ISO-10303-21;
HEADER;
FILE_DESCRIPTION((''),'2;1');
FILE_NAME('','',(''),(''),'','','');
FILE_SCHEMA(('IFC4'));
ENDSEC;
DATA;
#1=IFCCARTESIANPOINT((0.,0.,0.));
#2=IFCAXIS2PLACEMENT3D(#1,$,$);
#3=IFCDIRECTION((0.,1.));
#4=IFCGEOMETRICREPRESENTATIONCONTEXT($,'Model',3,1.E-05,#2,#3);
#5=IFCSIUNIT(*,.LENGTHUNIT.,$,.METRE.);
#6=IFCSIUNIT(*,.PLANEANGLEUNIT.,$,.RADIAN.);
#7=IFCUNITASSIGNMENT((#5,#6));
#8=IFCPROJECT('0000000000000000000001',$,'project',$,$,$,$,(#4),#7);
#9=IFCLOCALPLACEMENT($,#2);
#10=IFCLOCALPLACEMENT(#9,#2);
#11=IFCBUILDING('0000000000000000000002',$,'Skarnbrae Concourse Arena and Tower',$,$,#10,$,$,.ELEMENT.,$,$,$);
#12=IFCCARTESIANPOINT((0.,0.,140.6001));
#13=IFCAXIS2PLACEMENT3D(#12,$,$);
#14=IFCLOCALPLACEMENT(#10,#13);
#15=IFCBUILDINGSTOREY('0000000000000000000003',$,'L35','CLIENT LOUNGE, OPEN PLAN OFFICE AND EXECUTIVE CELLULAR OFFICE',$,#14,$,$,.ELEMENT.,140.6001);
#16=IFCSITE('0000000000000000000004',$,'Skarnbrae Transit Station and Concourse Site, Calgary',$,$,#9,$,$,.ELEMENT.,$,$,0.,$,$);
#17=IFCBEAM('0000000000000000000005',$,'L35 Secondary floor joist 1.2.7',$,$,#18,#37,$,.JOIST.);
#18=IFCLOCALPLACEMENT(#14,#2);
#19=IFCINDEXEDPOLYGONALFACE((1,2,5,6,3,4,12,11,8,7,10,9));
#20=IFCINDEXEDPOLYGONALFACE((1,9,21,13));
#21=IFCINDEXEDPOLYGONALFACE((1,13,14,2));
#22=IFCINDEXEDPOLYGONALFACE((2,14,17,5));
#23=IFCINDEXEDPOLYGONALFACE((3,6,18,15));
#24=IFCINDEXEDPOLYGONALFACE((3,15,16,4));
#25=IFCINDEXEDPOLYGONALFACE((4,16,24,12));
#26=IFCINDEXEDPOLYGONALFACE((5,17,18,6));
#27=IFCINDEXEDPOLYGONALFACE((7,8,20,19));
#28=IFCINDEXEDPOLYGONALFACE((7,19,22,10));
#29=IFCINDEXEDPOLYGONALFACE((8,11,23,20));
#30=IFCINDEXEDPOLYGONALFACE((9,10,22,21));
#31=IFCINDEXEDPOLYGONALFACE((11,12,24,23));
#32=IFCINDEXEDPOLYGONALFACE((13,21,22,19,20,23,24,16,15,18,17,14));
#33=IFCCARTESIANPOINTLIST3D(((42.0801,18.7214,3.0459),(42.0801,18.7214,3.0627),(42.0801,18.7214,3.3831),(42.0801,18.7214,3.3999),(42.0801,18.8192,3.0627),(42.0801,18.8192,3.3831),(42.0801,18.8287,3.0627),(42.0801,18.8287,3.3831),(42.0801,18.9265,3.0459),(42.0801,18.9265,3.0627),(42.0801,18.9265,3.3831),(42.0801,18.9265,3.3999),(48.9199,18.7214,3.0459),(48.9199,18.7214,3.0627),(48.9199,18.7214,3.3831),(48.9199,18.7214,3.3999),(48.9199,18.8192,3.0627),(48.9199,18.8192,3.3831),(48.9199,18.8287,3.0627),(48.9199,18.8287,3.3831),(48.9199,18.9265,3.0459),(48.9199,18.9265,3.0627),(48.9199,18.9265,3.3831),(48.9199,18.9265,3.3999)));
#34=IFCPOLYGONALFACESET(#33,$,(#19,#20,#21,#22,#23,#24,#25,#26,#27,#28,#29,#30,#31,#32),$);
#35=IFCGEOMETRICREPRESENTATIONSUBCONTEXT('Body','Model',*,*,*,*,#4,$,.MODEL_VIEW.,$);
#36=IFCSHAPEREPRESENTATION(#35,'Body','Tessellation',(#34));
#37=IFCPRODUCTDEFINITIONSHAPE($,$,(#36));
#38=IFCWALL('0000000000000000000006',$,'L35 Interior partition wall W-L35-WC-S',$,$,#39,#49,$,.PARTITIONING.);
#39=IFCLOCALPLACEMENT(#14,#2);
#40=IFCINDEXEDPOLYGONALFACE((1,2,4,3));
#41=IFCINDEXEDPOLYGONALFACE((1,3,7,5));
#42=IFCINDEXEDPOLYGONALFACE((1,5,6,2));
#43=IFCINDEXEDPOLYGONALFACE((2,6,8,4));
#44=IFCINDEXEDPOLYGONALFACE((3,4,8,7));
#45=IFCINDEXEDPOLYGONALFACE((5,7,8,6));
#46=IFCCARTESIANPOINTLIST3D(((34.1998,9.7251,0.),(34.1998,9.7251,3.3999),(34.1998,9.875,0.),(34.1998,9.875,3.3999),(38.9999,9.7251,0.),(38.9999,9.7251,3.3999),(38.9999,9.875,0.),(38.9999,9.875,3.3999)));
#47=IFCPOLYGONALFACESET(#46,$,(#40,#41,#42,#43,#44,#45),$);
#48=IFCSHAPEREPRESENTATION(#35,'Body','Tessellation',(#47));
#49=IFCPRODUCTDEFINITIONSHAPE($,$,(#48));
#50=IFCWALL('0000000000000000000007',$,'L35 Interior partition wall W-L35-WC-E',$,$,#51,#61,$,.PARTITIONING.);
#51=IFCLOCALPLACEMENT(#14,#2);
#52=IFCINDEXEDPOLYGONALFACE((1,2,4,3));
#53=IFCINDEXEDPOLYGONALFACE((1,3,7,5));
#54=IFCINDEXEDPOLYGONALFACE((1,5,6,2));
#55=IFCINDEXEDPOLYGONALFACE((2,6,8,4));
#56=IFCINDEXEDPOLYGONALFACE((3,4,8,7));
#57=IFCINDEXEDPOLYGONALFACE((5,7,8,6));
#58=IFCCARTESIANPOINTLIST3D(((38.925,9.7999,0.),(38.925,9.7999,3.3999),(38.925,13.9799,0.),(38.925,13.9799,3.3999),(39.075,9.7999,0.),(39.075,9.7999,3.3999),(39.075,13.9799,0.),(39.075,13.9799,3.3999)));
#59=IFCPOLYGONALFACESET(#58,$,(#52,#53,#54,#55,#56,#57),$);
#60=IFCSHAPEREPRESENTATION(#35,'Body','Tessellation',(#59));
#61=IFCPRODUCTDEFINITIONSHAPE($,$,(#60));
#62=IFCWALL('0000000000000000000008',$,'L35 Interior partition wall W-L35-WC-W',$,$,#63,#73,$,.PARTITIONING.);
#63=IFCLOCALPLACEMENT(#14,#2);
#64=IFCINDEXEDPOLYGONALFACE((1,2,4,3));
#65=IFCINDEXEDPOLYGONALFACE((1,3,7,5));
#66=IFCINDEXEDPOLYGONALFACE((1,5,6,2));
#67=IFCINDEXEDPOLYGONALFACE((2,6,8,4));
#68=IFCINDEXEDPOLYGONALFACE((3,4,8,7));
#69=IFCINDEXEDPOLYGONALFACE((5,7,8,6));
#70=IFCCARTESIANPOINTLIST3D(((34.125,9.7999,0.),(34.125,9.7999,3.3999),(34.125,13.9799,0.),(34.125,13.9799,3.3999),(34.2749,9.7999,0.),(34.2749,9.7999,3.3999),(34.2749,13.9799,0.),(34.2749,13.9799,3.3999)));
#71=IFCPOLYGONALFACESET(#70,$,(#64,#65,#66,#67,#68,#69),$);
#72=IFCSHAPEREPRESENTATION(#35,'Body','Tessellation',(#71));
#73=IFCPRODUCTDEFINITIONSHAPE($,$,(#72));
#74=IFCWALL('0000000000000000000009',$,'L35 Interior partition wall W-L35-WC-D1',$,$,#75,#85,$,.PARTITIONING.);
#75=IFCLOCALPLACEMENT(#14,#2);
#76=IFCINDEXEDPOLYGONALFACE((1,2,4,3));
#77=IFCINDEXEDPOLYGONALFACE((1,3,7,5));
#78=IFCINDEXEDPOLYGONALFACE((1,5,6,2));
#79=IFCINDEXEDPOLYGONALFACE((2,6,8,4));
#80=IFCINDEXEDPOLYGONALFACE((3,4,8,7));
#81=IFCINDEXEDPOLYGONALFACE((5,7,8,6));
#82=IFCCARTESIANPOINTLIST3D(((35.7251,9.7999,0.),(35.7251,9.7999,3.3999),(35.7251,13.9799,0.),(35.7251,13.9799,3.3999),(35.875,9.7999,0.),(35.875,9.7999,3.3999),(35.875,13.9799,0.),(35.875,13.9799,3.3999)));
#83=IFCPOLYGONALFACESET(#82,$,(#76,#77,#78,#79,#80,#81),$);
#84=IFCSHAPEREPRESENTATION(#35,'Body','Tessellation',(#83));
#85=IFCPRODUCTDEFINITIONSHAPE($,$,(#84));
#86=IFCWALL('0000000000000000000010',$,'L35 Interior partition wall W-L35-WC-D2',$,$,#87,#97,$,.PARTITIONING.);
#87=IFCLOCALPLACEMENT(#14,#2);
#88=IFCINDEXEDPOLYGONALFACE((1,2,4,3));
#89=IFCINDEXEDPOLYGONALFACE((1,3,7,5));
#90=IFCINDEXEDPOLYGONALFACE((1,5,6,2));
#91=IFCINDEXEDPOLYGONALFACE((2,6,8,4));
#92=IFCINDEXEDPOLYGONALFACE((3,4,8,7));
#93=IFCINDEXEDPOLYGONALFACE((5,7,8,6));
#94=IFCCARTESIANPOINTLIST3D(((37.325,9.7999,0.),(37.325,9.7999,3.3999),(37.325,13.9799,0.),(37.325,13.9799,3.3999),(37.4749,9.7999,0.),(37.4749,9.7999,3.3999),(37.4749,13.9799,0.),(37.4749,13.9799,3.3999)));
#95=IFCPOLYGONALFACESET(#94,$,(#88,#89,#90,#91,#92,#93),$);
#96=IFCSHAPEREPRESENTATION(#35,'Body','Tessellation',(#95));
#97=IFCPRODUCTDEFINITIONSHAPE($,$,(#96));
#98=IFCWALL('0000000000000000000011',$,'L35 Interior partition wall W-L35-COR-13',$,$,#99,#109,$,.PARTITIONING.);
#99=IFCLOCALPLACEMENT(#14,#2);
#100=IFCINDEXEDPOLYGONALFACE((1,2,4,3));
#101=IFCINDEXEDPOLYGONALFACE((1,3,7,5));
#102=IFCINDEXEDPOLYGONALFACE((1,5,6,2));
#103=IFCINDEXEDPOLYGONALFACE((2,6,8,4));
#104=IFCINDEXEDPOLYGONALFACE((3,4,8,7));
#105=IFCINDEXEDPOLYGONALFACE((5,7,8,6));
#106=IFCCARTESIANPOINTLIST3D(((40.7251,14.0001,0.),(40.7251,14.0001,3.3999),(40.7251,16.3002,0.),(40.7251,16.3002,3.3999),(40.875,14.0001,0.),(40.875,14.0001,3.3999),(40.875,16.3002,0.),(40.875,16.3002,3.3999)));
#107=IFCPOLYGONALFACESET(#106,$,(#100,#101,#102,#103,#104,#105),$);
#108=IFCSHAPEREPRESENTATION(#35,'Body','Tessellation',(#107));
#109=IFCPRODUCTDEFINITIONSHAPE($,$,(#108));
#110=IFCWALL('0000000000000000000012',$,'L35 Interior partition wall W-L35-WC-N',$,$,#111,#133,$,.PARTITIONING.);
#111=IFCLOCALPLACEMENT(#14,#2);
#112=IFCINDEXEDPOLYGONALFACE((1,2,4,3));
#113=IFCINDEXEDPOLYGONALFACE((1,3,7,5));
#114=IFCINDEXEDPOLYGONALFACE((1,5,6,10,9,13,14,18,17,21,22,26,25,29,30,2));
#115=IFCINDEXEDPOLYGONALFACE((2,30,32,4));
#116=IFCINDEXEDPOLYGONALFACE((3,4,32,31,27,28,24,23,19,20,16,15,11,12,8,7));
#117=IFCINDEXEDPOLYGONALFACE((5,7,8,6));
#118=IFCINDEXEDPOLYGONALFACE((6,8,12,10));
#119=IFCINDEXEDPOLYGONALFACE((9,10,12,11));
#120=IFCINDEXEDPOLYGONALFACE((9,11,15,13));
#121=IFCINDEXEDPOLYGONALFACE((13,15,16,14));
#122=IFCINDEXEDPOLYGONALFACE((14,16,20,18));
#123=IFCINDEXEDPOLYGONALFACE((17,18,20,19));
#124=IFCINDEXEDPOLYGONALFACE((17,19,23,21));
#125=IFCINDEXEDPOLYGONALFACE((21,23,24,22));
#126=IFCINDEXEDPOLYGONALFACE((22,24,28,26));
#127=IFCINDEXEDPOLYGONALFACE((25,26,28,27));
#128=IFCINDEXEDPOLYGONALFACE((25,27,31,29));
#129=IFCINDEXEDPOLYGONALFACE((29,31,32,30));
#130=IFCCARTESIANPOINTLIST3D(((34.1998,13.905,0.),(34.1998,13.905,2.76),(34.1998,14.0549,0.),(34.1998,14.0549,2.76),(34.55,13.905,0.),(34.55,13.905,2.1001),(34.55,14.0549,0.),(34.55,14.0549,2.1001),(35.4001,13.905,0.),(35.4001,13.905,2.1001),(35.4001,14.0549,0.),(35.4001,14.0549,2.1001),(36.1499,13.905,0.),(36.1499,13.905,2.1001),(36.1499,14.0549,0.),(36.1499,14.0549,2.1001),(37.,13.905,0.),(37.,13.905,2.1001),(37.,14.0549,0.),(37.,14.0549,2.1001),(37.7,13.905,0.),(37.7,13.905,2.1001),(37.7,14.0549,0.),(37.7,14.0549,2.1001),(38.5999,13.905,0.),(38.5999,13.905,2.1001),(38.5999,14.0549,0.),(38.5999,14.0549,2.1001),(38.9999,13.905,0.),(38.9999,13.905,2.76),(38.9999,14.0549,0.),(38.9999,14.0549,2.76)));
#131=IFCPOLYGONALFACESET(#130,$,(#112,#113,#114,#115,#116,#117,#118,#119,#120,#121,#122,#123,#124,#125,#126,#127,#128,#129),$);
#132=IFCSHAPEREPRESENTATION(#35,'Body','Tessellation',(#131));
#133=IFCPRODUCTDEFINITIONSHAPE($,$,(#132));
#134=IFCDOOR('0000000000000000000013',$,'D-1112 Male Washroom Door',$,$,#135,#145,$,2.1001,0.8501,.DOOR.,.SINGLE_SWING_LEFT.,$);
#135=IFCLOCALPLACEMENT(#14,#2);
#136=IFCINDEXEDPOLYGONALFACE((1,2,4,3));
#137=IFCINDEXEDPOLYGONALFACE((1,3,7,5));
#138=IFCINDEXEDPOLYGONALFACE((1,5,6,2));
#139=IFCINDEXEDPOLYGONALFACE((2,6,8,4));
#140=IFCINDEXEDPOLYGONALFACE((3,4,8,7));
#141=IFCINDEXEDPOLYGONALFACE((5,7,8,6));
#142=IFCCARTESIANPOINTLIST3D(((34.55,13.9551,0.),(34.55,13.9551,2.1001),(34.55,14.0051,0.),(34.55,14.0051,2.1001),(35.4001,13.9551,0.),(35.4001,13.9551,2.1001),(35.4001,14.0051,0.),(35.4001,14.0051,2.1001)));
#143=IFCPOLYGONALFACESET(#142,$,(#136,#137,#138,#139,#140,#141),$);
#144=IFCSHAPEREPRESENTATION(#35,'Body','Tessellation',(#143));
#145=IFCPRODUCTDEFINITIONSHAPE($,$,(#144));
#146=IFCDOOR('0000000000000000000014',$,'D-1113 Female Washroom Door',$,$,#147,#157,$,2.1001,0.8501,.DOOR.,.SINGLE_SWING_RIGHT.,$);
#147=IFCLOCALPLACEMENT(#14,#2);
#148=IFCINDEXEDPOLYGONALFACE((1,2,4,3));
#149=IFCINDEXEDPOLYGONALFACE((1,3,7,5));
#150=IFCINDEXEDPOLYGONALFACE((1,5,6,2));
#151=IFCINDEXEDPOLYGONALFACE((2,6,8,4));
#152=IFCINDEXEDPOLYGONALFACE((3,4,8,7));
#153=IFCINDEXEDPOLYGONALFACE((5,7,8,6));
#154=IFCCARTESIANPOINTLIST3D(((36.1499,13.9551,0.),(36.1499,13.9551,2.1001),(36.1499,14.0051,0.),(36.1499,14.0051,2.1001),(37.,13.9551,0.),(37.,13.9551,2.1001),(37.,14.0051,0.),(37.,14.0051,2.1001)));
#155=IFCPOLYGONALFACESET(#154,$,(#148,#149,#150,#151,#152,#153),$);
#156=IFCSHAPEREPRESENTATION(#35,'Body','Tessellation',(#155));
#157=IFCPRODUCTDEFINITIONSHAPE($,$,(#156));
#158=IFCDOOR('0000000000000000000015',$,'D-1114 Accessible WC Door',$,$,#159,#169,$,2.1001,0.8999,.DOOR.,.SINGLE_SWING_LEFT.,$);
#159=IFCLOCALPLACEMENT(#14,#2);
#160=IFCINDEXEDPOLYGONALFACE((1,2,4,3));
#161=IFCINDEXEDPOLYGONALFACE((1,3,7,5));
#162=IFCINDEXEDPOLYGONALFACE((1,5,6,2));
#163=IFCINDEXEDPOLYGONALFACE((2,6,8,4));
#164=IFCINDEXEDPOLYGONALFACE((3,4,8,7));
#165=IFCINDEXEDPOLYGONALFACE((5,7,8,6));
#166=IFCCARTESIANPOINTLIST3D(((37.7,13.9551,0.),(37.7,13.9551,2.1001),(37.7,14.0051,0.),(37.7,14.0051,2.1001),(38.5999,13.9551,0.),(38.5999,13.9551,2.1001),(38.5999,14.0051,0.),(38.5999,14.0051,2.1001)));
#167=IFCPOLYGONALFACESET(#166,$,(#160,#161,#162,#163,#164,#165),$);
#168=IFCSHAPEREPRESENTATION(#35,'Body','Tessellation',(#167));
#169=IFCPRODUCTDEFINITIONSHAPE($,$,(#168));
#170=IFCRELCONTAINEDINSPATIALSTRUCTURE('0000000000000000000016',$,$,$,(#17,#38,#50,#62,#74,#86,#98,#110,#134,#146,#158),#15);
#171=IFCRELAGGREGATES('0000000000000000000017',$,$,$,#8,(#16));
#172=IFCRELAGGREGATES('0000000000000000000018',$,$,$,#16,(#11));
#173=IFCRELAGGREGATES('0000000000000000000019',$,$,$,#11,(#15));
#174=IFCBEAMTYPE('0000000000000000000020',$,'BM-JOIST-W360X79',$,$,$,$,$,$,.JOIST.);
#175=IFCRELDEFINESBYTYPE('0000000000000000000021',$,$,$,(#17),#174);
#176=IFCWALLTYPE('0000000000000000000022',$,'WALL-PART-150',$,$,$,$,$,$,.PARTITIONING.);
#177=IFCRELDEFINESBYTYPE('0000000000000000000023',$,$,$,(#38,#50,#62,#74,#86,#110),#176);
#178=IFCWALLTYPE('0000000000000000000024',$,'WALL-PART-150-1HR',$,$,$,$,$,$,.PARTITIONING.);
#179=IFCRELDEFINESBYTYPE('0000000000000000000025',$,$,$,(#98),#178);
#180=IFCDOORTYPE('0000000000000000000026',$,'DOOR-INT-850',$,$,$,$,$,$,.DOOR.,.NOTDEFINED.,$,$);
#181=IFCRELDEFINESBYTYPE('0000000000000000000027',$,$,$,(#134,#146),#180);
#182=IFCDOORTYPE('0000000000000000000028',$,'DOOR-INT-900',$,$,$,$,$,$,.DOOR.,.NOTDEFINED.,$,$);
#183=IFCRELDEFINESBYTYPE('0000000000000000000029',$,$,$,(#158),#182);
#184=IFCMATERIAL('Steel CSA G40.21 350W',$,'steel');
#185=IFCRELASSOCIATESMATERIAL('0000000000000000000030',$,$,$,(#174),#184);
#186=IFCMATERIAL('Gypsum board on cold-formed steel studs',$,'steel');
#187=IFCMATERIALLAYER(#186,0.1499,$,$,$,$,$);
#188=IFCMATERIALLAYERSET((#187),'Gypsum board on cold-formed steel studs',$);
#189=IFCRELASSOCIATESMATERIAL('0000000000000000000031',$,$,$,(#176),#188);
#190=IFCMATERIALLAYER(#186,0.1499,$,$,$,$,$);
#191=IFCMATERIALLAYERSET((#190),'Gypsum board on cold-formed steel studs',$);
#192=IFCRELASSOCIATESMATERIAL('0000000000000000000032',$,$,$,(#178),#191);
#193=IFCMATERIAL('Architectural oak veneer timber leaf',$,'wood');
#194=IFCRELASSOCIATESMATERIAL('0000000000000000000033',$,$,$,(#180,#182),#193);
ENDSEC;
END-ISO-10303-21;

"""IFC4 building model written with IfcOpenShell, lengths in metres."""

from ifc_helpers import new_model, si_unit, direction, frame, frame_2d, origin, origin_2d, place, context, subcontext, project, spatial, rectangle, i_section, extrude, source, transform, mapped, material, layer, layer_set, material_profile, profile_set, type_object, element, fill, save


model = new_model("IFC4")

# Units and contexts
model_context = context("Model", 3, precision=1e-05, world=origin(), true_north=direction((0.0, 1.0)))
body_context = subcontext(model_context, "Body", "Model", "MODEL_VIEW")
ifc_project = project(units=[si_unit("LENGTHUNIT", "METRE"), si_unit("PLANEANGLEUNIT", "RADIAN")], contexts=[model_context])

# Site, building, storey
site_placement = place(None, origin())
site = spatial("IfcSite", under=ifc_project, at=site_placement, Name="Skarnbrae Transit Station and Concourse Site, Calgary", CompositionType="ELEMENT", RefElevation=0.0)
building_placement = place(site_placement, origin())
building = spatial("IfcBuilding", under=site, at=building_placement, Name="Skarnbrae Concourse Arena and Tower", CompositionType="ELEMENT")
storey_placement = place(building_placement, frame((0.0, 0.0, 140.6001)))
storey = spatial("IfcBuildingStorey", under=building, at=storey_placement, Name="L35", Description="CLIENT LOUNGE, OPEN PLAN OFFICE AND EXECUTIVE CELLULAR OFFICE", CompositionType="ELEMENT", Elevation=140.6001)

# Shared definitions
ifc_material_1 = material(Name="Steel CSA G40.21 350W", Category="steel")

# Beam
ifc_material_profile_1 = material_profile(ifc_material_1, i_section(OverallWidth=0.2051, OverallDepth=0.354, WebThickness=0.0095, FlangeThickness=0.0168, at=origin_2d()), Name="W360X79")
ifc_profile_set_1 = profile_set([ifc_material_profile_1], Name="Steel CSA G40.21 350W")
beam_type_1 = type_object("IfcBeamType", Name="BM-JOIST-W360X79", PredefinedType="JOIST", material=ifc_profile_set_1)
shared_shape_1 = source(origin(), body_context, "Body", "SweptSolid", [
    extrude(i_section(OverallWidth=0.2051, OverallDepth=0.354, WebThickness=0.0095, FlangeThickness=0.0168, at=origin_2d()), origin(), (0.0, 0.0, 1.0), 6.8398),
])
for number, where, z_axis, x_axis, name in (
    (1, (42.0801, 18.824, 3.2229), (1.0, 0.0, 0.0), (0.0, 1.0, 0.0), "L35 Secondary floor joist 1.2.7"),
):
    element("IfcBeam", number, at=place(storey_placement, frame(where, z_axis=z_axis, x_axis=x_axis)), inside=storey, type_object=beam_type_1, Name=name, PredefinedType="JOIST", context=body_context, shape_type="MappedRepresentation", body=[
        mapped(shared_shape_1, transform((0.0, 0.0, 0.0))),
    ])

# Walls
ifc_material_2 = material(Name="Gypsum board on cold-formed steel studs", Category="steel")
ifc_layer_1 = layer(ifc_material_2, 0.1499)
ifc_layer_set_1 = layer_set([ifc_layer_1], Name="Gypsum board on cold-formed steel studs")
wall_type_1 = type_object("IfcWallType", Name="WALL-PART-150", PredefinedType="PARTITIONING", material=ifc_layer_set_1)
shared_shape_2 = source(origin(), body_context, "Body", "SweptSolid", [
    extrude(rectangle(XDim=4.8, YDim=0.1499, at=frame_2d((2.3999, 0.0))), origin(), (0.0, 0.0, 1.0), 3.3999),
])
wall_1_placement = place(storey_placement, frame((34.2, 9.8, 0.0), z_axis=(0.0, 0.0, 1.0), x_axis=(1.0, 0.0, 0.0)))
element("IfcWall", 2, at=wall_1_placement, inside=storey, type_object=wall_type_1, Name="L35 Interior partition wall W-L35-WC-S", PredefinedType="PARTITIONING", context=body_context, shape_type="MappedRepresentation", body=[
    mapped(shared_shape_2, transform((0.0, 0.0, 0.0))),
])
shared_shape_3 = source(origin(), body_context, "Body", "SweptSolid", [
    extrude(rectangle(XDim=4.1799, YDim=0.1499, at=frame_2d((2.0898, 0.0))), origin(), (0.0, 0.0, 1.0), 3.3999),
])
for number, where, z_axis, x_axis, name in (
    (3, (39.0, 9.8, 0.0), (0.0, 0.0, 1.0), (0.0, 1.0, 0.0), "L35 Interior partition wall W-L35-WC-E"),
    (4, (34.2, 9.8, 0.0), (0.0, 0.0, 1.0), (0.0, 1.0, 0.0), "L35 Interior partition wall W-L35-WC-W"),
    (5, (35.8, 9.8, 0.0), (0.0, 0.0, 1.0), (0.0, 1.0, 0.0), "L35 Interior partition wall W-L35-WC-D1"),
    (6, (37.3999, 9.8, 0.0), (0.0, 0.0, 1.0), (0.0, 1.0, 0.0), "L35 Interior partition wall W-L35-WC-D2"),
):
    element("IfcWall", number, at=place(storey_placement, frame(where, z_axis=z_axis, x_axis=x_axis)), inside=storey, type_object=wall_type_1, Name=name, PredefinedType="PARTITIONING", context=body_context, shape_type="MappedRepresentation", body=[
        mapped(shared_shape_3, transform((0.0, 0.0, 0.0))),
    ])
ifc_layer_2 = layer(ifc_material_2, 0.1499)
ifc_layer_set_2 = layer_set([ifc_layer_2], Name="Gypsum board on cold-formed steel studs")
wall_type_2 = type_object("IfcWallType", Name="WALL-PART-150-1HR", PredefinedType="PARTITIONING", material=ifc_layer_set_2)
shared_shape_4 = source(origin(), body_context, "Body", "SweptSolid", [
    extrude(rectangle(XDim=2.3, YDim=0.1499, at=frame_2d((1.1499, 0.0))), origin(), (0.0, 0.0, 1.0), 3.3999),
])
wall_2_placement = place(storey_placement, frame((40.8, 16.3, 0.0), z_axis=(0.0, 0.0, 1.0), x_axis=(0.0, -1.0, 0.0)))
element("IfcWall", 7, at=wall_2_placement, inside=storey, type_object=wall_type_2, Name="L35 Interior partition wall W-L35-COR-13", PredefinedType="PARTITIONING", context=body_context, shape_type="MappedRepresentation", body=[
    mapped(shared_shape_4, transform((0.0, 0.0, 0.0))),
])

# Wall, openings, doors
shared_shape_5 = source(origin(), body_context, "Body", "SweptSolid", [
    extrude(rectangle(XDim=4.8, YDim=0.1499, at=frame_2d((2.3999, 0.0))), origin(), (0.0, 0.0, 1.0), 2.76),
])
wall_3_placement = place(storey_placement, frame((34.2, 13.98, 0.0), z_axis=(0.0, 0.0, 1.0), x_axis=(1.0, 0.0, 0.0)))
wall_3 = element("IfcWall", 8, at=wall_3_placement, inside=storey, type_object=wall_type_1, Name="L35 Interior partition wall W-L35-WC-N", PredefinedType="PARTITIONING", context=body_context, shape_type="MappedRepresentation", body=[
    mapped(shared_shape_5, transform((0.0, 0.0, 0.0))),
])
opening_1_placement = place(wall_3_placement, frame((0.3501, 0.0, 0.0)))
opening_1 = element("IfcOpeningElement", 9, at=opening_1_placement, cuts=wall_3, PredefinedType="OPENING", context=body_context, shape_type="SweptSolid", body=[
    extrude(rectangle(XDim=0.8501, YDim=2.1001, at=frame_2d((0.425, 1.05))), frame((0.0, 0.085, 0.0), z_axis=(0.0, -1.0, 0.0), x_axis=(1.0, 0.0, 0.0)), (0.0, 0.0, 1.0), 0.1699),
])
opening_2_placement = place(wall_3_placement, frame((1.95, 0.0, 0.0)))
opening_2 = element("IfcOpeningElement", 10, at=opening_2_placement, cuts=wall_3, PredefinedType="OPENING", context=body_context, shape_type="SweptSolid", body=[
    extrude(rectangle(XDim=0.8501, YDim=2.1001, at=frame_2d((0.425, 1.05))), frame((0.0, 0.085, 0.0), z_axis=(0.0, -1.0, 0.0), x_axis=(1.0, 0.0, 0.0)), (0.0, 0.0, 1.0), 0.1699),
])
opening_3_placement = place(wall_3_placement, frame((3.5, 0.0, 0.0)))
opening_3 = element("IfcOpeningElement", 11, at=opening_3_placement, cuts=wall_3, PredefinedType="OPENING", context=body_context, shape_type="SweptSolid", body=[
    extrude(rectangle(XDim=0.8999, YDim=2.1001, at=frame_2d((0.45, 1.05))), frame((0.0, 0.085, 0.0), z_axis=(0.0, -1.0, 0.0), x_axis=(1.0, 0.0, 0.0)), (0.0, 0.0, 1.0), 0.1699),
])
ifc_material_3 = material(Name="Architectural oak veneer timber leaf", Category="wood")
door_type_1 = type_object("IfcDoorType", Name="DOOR-INT-850", OperationType="NOTDEFINED", PredefinedType="DOOR", material=ifc_material_3)
shared_shape_6 = source(origin(), body_context, "Body", "SweptSolid", [
    extrude(rectangle(XDim=0.8501, YDim=2.1001, at=frame_2d((0.425, 1.05))), frame((0.0, 0.0249, 0.0), z_axis=(0.0, -1.0, 0.0), x_axis=(1.0, 0.0, 0.0)), (0.0, 0.0, 1.0), 0.05),
])
door_1_placement = place(opening_1_placement, frame((0.8501, 0.0, 0.0), z_axis=(0.0, 0.0, 1.0), x_axis=(-1.0, 0.0, 0.0)))
door_1 = element("IfcDoor", 12, at=door_1_placement, inside=storey, type_object=door_type_1, Name="D-1112 Male Washroom Door", OperationType="SINGLE_SWING_LEFT", OverallHeight=2.1001, OverallWidth=0.8501, PredefinedType="DOOR", context=body_context, shape_type="MappedRepresentation", body=[
    mapped(shared_shape_6, transform((0.0, 0.0, 0.0))),
])
fill(opening_1, door_1)
door_2_placement = place(opening_2_placement, frame((0.8501, 0.0, 0.0), z_axis=(0.0, 0.0, 1.0), x_axis=(-1.0, 0.0, 0.0)))
door_2 = element("IfcDoor", 13, at=door_2_placement, inside=storey, type_object=door_type_1, Name="D-1113 Female Washroom Door", OperationType="SINGLE_SWING_RIGHT", OverallHeight=2.1001, OverallWidth=0.8501, PredefinedType="DOOR", context=body_context, shape_type="MappedRepresentation", body=[
    mapped(shared_shape_6, transform((0.0, 0.0, 0.0))),
])
fill(opening_2, door_2)
door_type_2 = type_object("IfcDoorType", Name="DOOR-INT-900", OperationType="NOTDEFINED", PredefinedType="DOOR", material=ifc_material_3)
shared_shape_7 = source(origin(), body_context, "Body", "SweptSolid", [
    extrude(rectangle(XDim=0.8999, YDim=2.1001, at=frame_2d((0.45, 1.05))), frame((0.0, 0.0249, 0.0), z_axis=(0.0, -1.0, 0.0), x_axis=(1.0, 0.0, 0.0)), (0.0, 0.0, 1.0), 0.05),
])
door_3_placement = place(opening_3_placement, frame((0.8999, 0.0, 0.0), z_axis=(0.0, 0.0, 1.0), x_axis=(-1.0, 0.0, 0.0)))
door_3 = element("IfcDoor", 14, at=door_3_placement, inside=storey, type_object=door_type_2, Name="D-1114 Accessible WC Door", OperationType="SINGLE_SWING_LEFT", OverallHeight=2.1001, OverallWidth=0.8999, PredefinedType="DOOR", context=body_context, shape_type="MappedRepresentation", body=[
    mapped(shared_shape_7, transform((0.0, 0.0, 0.0))),
])
fill(opening_3, door_3)

save(model, "model.ifc")
